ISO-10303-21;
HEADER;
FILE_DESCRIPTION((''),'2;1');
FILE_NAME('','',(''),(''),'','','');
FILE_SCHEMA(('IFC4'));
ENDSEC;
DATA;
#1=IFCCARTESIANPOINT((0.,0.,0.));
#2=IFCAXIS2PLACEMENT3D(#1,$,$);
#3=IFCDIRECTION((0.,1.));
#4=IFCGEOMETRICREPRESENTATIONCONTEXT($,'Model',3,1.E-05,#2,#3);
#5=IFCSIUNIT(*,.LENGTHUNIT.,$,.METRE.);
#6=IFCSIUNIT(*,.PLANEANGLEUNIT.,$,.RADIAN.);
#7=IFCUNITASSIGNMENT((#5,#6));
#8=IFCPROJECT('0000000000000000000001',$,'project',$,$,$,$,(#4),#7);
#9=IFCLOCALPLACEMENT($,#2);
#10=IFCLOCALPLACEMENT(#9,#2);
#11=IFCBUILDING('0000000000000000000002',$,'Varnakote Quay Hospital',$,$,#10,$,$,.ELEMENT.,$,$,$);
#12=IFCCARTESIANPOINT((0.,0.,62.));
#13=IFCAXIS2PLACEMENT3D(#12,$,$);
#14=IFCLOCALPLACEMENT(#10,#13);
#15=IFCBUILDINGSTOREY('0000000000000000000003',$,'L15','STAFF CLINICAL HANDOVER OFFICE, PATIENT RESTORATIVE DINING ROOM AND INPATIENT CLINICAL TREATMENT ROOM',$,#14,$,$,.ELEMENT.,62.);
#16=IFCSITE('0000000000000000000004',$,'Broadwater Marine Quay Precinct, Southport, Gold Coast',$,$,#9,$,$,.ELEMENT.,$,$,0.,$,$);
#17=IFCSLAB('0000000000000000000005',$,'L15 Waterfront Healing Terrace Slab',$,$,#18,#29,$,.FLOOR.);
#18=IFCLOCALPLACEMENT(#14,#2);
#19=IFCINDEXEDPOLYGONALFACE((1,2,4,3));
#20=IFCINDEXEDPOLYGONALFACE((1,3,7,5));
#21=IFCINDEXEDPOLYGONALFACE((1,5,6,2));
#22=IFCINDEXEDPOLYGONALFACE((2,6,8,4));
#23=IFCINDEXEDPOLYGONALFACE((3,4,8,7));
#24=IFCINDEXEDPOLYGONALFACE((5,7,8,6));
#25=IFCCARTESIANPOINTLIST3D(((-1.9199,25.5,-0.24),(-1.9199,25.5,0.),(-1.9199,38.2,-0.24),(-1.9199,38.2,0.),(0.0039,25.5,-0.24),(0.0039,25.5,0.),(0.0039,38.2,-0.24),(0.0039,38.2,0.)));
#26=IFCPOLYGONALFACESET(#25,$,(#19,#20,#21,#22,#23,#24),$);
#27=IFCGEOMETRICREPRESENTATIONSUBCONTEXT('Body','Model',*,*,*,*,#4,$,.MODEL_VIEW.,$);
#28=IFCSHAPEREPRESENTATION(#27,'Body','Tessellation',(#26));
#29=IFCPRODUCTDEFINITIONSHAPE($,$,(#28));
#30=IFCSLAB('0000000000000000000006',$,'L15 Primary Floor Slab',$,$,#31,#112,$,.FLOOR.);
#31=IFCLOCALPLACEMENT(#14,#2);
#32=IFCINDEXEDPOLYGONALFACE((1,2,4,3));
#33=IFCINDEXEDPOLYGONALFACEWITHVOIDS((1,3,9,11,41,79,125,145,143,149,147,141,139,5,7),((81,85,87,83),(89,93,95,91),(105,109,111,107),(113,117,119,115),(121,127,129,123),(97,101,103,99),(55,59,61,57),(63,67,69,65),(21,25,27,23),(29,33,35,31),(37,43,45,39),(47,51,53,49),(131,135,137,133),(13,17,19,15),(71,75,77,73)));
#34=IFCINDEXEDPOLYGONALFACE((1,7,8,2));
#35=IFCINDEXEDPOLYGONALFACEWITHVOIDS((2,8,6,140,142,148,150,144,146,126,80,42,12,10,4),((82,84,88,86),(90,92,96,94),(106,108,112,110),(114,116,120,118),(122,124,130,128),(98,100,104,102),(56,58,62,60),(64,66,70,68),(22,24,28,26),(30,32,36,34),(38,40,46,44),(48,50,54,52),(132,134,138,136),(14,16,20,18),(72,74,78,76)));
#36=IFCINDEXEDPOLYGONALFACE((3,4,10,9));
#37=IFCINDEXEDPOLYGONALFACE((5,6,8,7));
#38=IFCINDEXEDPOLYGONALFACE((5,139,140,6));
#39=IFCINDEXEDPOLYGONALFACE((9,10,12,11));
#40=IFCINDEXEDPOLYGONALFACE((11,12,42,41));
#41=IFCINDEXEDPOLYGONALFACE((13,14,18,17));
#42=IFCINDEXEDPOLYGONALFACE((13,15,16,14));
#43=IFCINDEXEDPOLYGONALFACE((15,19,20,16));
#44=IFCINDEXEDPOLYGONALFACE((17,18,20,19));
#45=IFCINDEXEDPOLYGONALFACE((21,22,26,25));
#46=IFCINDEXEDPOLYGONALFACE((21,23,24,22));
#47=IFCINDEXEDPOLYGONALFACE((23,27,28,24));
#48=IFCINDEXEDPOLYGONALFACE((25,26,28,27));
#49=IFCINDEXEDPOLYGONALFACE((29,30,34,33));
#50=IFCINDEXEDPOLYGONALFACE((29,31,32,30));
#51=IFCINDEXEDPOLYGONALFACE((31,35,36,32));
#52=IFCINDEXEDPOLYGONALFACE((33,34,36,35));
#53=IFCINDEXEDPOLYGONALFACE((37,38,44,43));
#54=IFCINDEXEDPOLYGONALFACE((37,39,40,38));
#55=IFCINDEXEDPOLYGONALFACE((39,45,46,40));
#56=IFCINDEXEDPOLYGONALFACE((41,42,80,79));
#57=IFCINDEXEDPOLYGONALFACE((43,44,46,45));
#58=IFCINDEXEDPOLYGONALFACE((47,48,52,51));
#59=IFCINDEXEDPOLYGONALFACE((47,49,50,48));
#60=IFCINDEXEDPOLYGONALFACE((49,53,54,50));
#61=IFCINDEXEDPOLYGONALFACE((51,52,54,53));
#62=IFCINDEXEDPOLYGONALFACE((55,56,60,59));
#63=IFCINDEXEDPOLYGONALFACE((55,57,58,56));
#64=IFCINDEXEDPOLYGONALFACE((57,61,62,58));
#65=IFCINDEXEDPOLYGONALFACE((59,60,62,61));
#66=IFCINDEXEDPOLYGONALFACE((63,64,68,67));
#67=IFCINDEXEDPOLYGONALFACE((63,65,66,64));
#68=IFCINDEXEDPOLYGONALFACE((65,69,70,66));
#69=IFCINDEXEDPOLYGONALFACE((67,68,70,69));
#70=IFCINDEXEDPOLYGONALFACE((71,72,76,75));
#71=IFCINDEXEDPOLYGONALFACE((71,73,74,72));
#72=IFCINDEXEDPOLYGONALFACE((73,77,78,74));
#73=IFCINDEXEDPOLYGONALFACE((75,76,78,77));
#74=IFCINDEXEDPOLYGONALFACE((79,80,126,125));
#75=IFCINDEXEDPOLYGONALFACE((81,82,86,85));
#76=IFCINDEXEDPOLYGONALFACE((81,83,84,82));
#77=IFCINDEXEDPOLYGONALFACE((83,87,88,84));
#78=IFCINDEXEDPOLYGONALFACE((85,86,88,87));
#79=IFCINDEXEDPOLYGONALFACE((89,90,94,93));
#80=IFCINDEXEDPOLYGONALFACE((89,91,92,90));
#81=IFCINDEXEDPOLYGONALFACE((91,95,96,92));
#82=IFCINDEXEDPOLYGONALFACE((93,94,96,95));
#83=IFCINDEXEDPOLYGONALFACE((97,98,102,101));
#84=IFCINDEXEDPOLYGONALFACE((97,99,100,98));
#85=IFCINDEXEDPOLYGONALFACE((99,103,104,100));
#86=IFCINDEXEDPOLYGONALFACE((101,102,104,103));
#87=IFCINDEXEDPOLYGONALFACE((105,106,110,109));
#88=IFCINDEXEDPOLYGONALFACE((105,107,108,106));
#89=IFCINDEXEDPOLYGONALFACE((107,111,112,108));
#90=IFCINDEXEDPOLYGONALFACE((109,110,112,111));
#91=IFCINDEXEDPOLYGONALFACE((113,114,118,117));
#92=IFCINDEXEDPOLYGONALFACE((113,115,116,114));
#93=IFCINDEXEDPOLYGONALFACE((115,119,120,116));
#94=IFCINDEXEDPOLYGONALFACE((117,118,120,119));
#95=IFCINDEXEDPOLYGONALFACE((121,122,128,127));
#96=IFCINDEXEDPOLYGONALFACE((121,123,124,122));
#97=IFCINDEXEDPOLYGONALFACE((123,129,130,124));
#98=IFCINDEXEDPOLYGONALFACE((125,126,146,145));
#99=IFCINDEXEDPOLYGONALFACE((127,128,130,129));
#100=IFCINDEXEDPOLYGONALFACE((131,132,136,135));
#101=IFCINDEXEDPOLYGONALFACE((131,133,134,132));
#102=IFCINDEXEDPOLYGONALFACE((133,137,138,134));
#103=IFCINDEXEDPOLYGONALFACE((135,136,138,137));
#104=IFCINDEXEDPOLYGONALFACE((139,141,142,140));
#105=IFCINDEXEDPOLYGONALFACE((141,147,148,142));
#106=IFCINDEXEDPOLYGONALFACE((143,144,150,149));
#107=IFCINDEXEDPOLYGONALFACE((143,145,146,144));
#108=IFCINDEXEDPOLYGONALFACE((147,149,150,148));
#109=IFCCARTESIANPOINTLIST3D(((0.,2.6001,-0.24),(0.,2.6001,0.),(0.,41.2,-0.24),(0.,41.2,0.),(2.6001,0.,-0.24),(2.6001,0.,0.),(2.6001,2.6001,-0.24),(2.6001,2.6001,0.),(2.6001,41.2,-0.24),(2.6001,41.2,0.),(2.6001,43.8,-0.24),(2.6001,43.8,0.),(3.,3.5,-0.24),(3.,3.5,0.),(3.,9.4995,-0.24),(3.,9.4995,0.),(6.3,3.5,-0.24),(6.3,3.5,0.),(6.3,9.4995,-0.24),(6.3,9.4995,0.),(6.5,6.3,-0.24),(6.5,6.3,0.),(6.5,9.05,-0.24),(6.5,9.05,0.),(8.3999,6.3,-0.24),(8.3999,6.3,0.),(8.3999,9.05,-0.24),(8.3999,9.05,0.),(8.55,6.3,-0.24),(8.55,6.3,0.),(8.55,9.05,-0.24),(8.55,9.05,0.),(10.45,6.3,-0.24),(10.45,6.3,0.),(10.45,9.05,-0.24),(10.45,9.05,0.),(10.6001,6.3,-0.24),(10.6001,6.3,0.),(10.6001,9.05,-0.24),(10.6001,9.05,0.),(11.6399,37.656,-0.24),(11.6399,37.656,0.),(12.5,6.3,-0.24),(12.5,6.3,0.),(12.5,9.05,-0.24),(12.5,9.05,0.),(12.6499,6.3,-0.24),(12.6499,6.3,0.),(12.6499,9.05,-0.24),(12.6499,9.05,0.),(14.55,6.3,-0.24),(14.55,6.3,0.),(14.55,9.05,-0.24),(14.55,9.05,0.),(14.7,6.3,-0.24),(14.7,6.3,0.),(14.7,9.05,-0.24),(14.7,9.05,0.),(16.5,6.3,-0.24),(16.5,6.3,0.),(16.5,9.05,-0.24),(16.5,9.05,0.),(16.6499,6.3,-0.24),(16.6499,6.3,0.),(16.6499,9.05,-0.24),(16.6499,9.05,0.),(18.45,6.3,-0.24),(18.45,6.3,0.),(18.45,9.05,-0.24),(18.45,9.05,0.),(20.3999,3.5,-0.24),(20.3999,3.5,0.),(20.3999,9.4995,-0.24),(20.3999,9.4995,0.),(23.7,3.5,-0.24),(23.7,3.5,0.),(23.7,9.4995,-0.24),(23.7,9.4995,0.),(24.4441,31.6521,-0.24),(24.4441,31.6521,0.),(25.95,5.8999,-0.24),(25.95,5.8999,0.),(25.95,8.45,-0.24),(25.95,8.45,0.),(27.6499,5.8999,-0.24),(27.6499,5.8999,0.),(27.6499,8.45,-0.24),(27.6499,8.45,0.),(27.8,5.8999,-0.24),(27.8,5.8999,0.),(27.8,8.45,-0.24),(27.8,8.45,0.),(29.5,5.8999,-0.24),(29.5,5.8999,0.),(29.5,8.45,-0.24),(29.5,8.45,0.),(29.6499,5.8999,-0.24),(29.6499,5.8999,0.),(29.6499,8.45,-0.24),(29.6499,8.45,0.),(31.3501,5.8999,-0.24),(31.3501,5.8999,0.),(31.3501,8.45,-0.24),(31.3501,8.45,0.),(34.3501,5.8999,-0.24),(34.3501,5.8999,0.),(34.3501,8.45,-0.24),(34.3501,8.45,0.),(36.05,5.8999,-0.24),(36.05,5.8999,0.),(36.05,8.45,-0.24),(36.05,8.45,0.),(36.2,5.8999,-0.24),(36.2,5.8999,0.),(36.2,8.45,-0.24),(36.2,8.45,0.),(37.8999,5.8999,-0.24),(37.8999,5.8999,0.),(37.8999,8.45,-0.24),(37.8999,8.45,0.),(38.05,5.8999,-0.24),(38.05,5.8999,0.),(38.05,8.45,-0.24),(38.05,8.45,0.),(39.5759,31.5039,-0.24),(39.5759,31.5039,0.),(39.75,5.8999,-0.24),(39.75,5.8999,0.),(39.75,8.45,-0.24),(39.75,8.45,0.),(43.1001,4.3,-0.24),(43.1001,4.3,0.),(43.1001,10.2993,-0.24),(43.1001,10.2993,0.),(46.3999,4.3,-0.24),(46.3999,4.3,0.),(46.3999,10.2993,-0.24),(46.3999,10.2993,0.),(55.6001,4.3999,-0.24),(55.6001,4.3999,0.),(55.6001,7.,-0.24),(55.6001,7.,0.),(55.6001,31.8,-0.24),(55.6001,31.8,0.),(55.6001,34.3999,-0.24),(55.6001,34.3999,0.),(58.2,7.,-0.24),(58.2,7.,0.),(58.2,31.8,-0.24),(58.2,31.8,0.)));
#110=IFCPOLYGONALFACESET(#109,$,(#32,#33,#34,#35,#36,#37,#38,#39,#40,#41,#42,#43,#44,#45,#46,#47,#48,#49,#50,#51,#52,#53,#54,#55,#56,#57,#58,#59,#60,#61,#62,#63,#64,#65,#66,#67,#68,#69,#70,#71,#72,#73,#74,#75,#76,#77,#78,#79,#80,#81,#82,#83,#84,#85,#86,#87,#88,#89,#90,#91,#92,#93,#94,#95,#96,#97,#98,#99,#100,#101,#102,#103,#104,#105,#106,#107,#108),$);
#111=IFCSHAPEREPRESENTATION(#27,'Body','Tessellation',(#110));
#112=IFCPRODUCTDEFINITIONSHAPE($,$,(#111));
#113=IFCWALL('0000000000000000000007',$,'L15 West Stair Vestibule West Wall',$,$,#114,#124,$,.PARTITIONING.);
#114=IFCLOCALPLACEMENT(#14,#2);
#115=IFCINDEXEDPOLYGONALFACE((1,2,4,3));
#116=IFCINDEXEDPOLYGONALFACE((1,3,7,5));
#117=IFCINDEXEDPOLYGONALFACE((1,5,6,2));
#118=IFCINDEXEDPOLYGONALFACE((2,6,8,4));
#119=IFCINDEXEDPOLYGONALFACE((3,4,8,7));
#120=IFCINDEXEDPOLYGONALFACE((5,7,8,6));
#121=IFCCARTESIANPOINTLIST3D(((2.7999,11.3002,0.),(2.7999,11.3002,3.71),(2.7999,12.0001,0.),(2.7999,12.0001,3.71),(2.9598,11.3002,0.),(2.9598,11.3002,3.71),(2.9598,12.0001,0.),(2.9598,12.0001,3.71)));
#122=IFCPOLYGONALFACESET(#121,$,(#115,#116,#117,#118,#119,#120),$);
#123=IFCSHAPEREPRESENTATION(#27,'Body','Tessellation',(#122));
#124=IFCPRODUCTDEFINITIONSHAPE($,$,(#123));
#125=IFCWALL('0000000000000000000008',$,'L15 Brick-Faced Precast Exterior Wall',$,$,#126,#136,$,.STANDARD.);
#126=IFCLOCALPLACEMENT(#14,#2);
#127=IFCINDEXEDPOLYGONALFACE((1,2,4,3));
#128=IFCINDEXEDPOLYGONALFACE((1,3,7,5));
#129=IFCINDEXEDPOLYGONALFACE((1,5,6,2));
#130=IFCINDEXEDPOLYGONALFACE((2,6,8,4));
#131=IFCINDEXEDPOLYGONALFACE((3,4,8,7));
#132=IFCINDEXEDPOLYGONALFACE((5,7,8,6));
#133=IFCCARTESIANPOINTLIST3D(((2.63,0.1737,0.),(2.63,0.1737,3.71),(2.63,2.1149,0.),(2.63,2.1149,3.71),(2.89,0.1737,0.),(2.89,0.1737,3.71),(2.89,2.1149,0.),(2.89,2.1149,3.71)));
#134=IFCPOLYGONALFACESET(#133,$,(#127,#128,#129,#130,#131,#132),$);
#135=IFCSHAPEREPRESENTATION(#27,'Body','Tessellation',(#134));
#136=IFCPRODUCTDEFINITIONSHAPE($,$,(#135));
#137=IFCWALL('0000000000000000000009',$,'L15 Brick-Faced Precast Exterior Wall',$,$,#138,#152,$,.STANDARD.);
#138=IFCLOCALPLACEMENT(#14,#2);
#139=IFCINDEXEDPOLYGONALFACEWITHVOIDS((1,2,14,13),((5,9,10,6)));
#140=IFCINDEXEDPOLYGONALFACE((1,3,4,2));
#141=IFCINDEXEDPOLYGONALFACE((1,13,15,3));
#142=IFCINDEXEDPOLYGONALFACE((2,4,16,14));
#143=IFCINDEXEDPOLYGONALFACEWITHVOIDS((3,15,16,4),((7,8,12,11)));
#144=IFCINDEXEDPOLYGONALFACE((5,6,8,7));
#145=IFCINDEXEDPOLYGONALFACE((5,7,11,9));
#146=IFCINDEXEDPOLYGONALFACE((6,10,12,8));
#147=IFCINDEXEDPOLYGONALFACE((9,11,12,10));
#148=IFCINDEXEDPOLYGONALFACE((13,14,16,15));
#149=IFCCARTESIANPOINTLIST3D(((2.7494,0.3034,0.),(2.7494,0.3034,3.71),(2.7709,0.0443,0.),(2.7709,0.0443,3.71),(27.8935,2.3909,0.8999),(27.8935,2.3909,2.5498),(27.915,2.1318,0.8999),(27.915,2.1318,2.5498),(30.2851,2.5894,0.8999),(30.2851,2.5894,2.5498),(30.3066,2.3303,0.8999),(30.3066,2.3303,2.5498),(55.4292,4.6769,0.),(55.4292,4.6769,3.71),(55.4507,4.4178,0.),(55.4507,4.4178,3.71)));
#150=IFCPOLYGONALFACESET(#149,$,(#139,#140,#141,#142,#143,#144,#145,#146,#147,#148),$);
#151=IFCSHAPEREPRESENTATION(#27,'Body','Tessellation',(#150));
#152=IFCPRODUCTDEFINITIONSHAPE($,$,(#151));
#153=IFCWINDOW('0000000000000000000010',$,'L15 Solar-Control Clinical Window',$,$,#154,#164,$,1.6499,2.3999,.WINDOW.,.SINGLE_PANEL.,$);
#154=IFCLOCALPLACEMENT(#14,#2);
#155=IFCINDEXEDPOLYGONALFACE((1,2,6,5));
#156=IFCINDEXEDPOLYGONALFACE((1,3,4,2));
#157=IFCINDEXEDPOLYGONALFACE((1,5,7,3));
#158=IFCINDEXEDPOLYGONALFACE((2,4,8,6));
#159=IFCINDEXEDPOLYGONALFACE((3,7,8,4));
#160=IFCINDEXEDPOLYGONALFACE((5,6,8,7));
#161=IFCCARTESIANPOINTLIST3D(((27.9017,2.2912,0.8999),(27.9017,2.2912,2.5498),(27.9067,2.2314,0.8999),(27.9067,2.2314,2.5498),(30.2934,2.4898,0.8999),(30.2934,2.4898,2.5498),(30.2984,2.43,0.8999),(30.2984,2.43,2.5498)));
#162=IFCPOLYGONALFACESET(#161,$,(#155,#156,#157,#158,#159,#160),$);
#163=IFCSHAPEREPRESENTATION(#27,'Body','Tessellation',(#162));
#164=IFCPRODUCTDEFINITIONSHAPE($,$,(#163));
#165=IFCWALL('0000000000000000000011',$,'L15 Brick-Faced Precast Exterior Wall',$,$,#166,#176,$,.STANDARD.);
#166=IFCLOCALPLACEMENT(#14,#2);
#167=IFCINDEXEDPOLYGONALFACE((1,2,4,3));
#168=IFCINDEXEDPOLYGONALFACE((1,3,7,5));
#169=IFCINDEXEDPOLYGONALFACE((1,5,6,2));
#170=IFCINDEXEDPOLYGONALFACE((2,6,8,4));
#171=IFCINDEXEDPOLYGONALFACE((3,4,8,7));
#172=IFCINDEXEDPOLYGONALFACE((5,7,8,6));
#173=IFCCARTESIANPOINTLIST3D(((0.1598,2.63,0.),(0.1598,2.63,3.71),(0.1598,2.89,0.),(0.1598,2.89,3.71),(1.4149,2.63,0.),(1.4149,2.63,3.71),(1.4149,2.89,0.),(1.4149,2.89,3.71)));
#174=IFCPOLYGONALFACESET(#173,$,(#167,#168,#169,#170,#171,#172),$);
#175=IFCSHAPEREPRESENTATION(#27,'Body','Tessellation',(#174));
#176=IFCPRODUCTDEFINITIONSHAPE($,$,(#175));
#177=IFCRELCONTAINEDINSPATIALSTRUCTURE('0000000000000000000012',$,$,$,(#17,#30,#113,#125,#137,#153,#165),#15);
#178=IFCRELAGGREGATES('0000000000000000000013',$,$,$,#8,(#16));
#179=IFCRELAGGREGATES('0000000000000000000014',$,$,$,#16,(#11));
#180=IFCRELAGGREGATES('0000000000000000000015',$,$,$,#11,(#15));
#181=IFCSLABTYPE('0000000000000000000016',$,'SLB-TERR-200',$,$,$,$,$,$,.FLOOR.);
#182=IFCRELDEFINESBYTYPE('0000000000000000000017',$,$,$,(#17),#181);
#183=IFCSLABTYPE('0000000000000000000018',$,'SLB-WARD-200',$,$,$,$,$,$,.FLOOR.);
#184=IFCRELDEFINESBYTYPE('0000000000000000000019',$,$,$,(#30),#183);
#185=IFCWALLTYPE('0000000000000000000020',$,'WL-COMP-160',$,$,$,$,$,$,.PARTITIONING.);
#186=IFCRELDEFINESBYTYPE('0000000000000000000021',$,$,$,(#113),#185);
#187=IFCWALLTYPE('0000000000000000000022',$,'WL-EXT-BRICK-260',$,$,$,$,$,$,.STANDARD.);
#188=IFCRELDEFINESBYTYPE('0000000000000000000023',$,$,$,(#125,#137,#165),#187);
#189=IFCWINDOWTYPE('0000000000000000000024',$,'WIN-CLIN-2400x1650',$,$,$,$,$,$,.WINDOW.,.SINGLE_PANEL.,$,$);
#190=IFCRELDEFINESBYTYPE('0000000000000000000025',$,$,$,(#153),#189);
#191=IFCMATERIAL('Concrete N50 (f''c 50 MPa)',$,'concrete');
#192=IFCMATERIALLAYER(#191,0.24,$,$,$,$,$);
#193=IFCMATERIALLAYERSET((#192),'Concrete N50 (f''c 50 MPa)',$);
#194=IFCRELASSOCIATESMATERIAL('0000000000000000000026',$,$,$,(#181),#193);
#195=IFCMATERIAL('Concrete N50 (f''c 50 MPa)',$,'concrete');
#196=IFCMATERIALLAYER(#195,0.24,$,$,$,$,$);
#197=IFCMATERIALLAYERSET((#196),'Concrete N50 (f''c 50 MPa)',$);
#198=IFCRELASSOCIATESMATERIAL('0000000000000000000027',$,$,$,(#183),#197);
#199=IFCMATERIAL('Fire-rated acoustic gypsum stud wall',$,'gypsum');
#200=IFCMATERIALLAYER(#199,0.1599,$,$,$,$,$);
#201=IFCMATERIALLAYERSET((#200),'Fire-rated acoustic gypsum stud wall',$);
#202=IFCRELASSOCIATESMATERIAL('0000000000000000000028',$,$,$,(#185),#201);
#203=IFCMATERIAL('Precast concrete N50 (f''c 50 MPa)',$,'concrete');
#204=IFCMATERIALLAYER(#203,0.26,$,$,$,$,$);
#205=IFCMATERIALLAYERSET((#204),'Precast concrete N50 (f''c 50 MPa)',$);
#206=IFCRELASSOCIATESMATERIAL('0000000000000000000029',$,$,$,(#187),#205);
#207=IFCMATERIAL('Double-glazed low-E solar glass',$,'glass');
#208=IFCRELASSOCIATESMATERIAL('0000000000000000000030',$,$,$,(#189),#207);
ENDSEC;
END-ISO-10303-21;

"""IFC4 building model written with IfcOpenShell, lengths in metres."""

from ifc_helpers import new_model, si_unit, direction, frame, frame_2d, origin, place, context, subcontext, project, spatial, polyline, rectangle, outline, extrude, material, layer, layer_set, type_object, element, fill, save


model = new_model("IFC4")

# Units and contexts
model_context = context("Model", 3, precision=1e-05, world=origin(), true_north=direction((0.0, 1.0)))
body_context = subcontext(model_context, "Body", "Model", "MODEL_VIEW")
ifc_project = project(units=[si_unit("LENGTHUNIT", "METRE"), si_unit("PLANEANGLEUNIT", "RADIAN")], contexts=[model_context])

# Site, building, storey
site_placement = place(None, origin())
site = spatial("IfcSite", under=ifc_project, at=site_placement, Name="Broadwater Marine Quay Precinct, Southport, Gold Coast", CompositionType="ELEMENT", RefElevation=0.0)
building_placement = place(site_placement, origin())
building = spatial("IfcBuilding", under=site, at=building_placement, Name="Varnakote Quay Hospital", CompositionType="ELEMENT")
storey_placement = place(building_placement, frame((0.0, 0.0, 62.0)))
storey = spatial("IfcBuildingStorey", under=building, at=storey_placement, Name="L15", Description="STAFF CLINICAL HANDOVER OFFICE, PATIENT RESTORATIVE DINING ROOM AND INPATIENT CLINICAL TREATMENT ROOM", CompositionType="ELEMENT", Elevation=62.0)

# Slabs
ifc_material_1 = material(Name="Concrete N50 (f'c 50 MPa)", Category="concrete")
ifc_layer_1 = layer(ifc_material_1, 0.24)
ifc_layer_set_1 = layer_set([ifc_layer_1], Name="Concrete N50 (f'c 50 MPa)")
slab_type_1 = type_object("IfcSlabType", Name="SLB-TERR-200", PredefinedType="FLOOR", material=ifc_layer_set_1)
slab_1_placement = place(storey_placement, frame((0.0, 0.0, -0.24)))
element("IfcSlab", 1, at=slab_1_placement, inside=storey, type_object=slab_type_1, Name="L15 Waterfront Healing Terrace Slab", PredefinedType="FLOOR", context=body_context, shape_type="SweptSolid", body=[
    extrude(outline(polyline([(0.0039, 25.5), (0.0039, 38.2), (-1.9199, 38.2), (-1.9199, 25.5), (0.0039, 25.5)])), origin(), (0.0, 0.0, 1.0), 0.24),
])
ifc_material_2 = material(Name="Concrete N50 (f'c 50 MPa)", Category="concrete")
ifc_layer_2 = layer(ifc_material_2, 0.24)
ifc_layer_set_2 = layer_set([ifc_layer_2], Name="Concrete N50 (f'c 50 MPa)")
slab_type_2 = type_object("IfcSlabType", Name="SLB-WARD-200", PredefinedType="FLOOR", material=ifc_layer_set_2)
slab_2_placement = place(storey_placement, frame((0.0, 0.0, -0.24)))
element("IfcSlab", 2, at=slab_2_placement, inside=storey, type_object=slab_type_2, Name="L15 Primary Floor Slab", PredefinedType="FLOOR", context=body_context, shape_type="SweptSolid", body=[
    extrude(outline(polyline([(0.0, 2.6001), (2.6001, 2.6001), (2.6001, 0.0), (55.6001, 4.3999), (55.6001, 7.0), (58.2, 7.0), (58.2, 31.8), (55.6001, 31.8), (55.6001, 34.3999), (39.5759, 31.5039), (24.4441, 31.6521), (11.6399, 37.656), (2.6001, 43.8), (2.6001, 41.2), (0.0, 41.2), (0.0, 2.6001)]), holes=[polyline([(3.0, 3.5), (6.3, 3.5), (6.3, 9.4995), (3.0, 9.4995), (3.0, 3.5)]), polyline([(20.3999, 3.5), (23.7, 3.5), (23.7, 9.4995), (20.3999, 9.4995), (20.3999, 3.5)]), polyline([(43.1001, 4.3), (46.3999, 4.3), (46.3999, 10.2993), (43.1001, 10.2993), (43.1001, 4.3)]), polyline([(6.5, 6.3), (8.3999, 6.3), (8.3999, 9.05), (6.5, 9.05), (6.5, 6.3)]), polyline([(8.55, 6.3), (10.45, 6.3), (10.45, 9.05), (8.55, 9.05), (8.55, 6.3)]), polyline([(10.6001, 6.3), (12.5, 6.3), (12.5, 9.05), (10.6001, 9.05), (10.6001, 6.3)]), polyline([(12.6499, 6.3), (14.55, 6.3), (14.55, 9.05), (12.6499, 9.05), (12.6499, 6.3)]), polyline([(14.7, 6.3), (16.5, 6.3), (16.5, 9.05), (14.7, 9.05), (14.7, 6.3)]), polyline([(16.6499, 6.3), (18.45, 6.3), (18.45, 9.05), (16.6499, 9.05), (16.6499, 6.3)]), polyline([(25.95, 5.8999), (27.6499, 5.8999), (27.6499, 8.45), (25.95, 8.45), (25.95, 5.8999)]), polyline([(27.8, 5.8999), (29.5, 5.8999), (29.5, 8.45), (27.8, 8.45), (27.8, 5.8999)]), polyline([(29.6499, 5.8999), (31.3501, 5.8999), (31.3501, 8.45), (29.6499, 8.45), (29.6499, 5.8999)]), polyline([(34.3501, 5.8999), (36.05, 5.8999), (36.05, 8.45), (34.3501, 8.45), (34.3501, 5.8999)]), polyline([(36.2, 5.8999), (37.8999, 5.8999), (37.8999, 8.45), (36.2, 8.45), (36.2, 5.8999)]), polyline([(38.05, 5.8999), (39.75, 5.8999), (39.75, 8.45), (38.05, 8.45), (38.05, 5.8999)])]), origin(), (0.0, 0.0, 1.0), 0.24),
])

# Walls
ifc_material_3 = material(Name="Fire-rated acoustic gypsum stud wall", Category="gypsum")
ifc_layer_3 = layer(ifc_material_3, 0.1599)
ifc_layer_set_3 = layer_set([ifc_layer_3], Name="Fire-rated acoustic gypsum stud wall")
wall_type_1 = type_object("IfcWallType", Name="WL-COMP-160", PredefinedType="PARTITIONING", material=ifc_layer_set_3)
wall_1_placement = place(storey_placement, frame((2.8799, 11.3, 0.0), z_axis=(0.0, 0.0, 1.0), x_axis=(0.0, 1.0, 0.0)))
element("IfcWall", 3, at=wall_1_placement, inside=storey, type_object=wall_type_1, Name="L15 West Stair Vestibule West Wall", PredefinedType="PARTITIONING", context=body_context, shape_type="SweptSolid", body=[
    extrude(rectangle(XDim=0.7, YDim=0.1599, at=frame_2d((0.3501, 0.0))), origin(), (0.0, 0.0, 1.0), 3.71),
])
ifc_material_4 = material(Name="Precast concrete N50 (f'c 50 MPa)", Category="concrete")
ifc_layer_4 = layer(ifc_material_4, 0.26)
ifc_layer_set_4 = layer_set([ifc_layer_4], Name="Precast concrete N50 (f'c 50 MPa)")
wall_type_2 = type_object("IfcWallType", Name="WL-EXT-BRICK-260", PredefinedType="STANDARD", material=ifc_layer_set_4)
wall_2_placement = place(storey_placement, frame((2.76, 2.115, 0.0), z_axis=(0.0, 0.0, 1.0), x_axis=(0.0, -1.0, 0.0)))
element("IfcWall", 4, at=wall_2_placement, inside=storey, type_object=wall_type_2, Name="L15 Brick-Faced Precast Exterior Wall", PredefinedType="STANDARD", context=body_context, shape_type="SweptSolid", body=[
    extrude(rectangle(XDim=1.9412, YDim=0.26, at=frame_2d((0.9707, 0.0))), origin(), (0.0, 0.0, 1.0), 3.71),
])

# Wall, opening, window
wall_3_placement = place(storey_placement, frame((2.76, 0.1738, 0.0), z_axis=(0.0, 0.0, 1.0), x_axis=(0.996571, 0.082736, 0.0)))
wall_3 = element("IfcWall", 5, at=wall_3_placement, inside=storey, type_object=wall_type_2, Name="L15 Brick-Faced Precast Exterior Wall", PredefinedType="STANDARD", context=body_context, shape_type="SweptSolid", body=[
    extrude(rectangle(XDim=52.8611, YDim=0.26, at=frame_2d((26.4307, 0.0))), origin(), (0.0, 0.0, 1.0), 3.71),
])
opening_1_placement = place(wall_3_placement, frame((25.2307, 0.0, 0.8999)))
opening_1 = element("IfcOpeningElement", 6, at=opening_1_placement, cuts=wall_3, PredefinedType="OPENING", context=body_context, shape_type="SweptSolid", body=[
    extrude(rectangle(XDim=2.3999, YDim=1.6499, at=frame_2d((1.2, 0.825))), frame((0.0, 0.1399, 0.0), z_axis=(0.0, -1.0, 0.0), x_axis=(1.0, 0.0, 0.0)), (0.0, 0.0, 1.0), 0.28),
])
ifc_material_5 = material(Name="Double-glazed low-E solar glass", Category="glass")
window_type = type_object("IfcWindowType", Name="WIN-CLIN-2400x1650", PartitioningType="SINGLE_PANEL", PredefinedType="WINDOW", material=ifc_material_5)
window_placement = place(opening_1_placement, origin())
window = element("IfcWindow", 7, at=window_placement, inside=storey, type_object=window_type, Name="L15 Solar-Control Clinical Window", OverallHeight=1.6499, OverallWidth=2.3999, PartitioningType="SINGLE_PANEL", PredefinedType="WINDOW", context=body_context, shape_type="SweptSolid", body=[
    extrude(rectangle(XDim=2.3999, YDim=1.6499, at=frame_2d((1.2, 0.825))), frame((0.0, 0.03, 0.0), z_axis=(0.0, -1.0, 0.0), x_axis=(1.0, 0.0, 0.0)), (0.0, 0.0, 1.0), 0.0601),
])
fill(opening_1, window)

# Wall
wall_4_placement = place(storey_placement, frame((0.1599, 2.76, 0.0), z_axis=(0.0, 0.0, 1.0), x_axis=(1.0, 0.0, 0.0)))
element("IfcWall", 8, at=wall_4_placement, inside=storey, type_object=wall_type_2, Name="L15 Brick-Faced Precast Exterior Wall", PredefinedType="STANDARD", context=body_context, shape_type="SweptSolid", body=[
    extrude(rectangle(XDim=1.2551, YDim=0.26, at=frame_2d((0.6274, 0.0))), origin(), (0.0, 0.0, 1.0), 3.71),
])

save(model, "model.ifc")
